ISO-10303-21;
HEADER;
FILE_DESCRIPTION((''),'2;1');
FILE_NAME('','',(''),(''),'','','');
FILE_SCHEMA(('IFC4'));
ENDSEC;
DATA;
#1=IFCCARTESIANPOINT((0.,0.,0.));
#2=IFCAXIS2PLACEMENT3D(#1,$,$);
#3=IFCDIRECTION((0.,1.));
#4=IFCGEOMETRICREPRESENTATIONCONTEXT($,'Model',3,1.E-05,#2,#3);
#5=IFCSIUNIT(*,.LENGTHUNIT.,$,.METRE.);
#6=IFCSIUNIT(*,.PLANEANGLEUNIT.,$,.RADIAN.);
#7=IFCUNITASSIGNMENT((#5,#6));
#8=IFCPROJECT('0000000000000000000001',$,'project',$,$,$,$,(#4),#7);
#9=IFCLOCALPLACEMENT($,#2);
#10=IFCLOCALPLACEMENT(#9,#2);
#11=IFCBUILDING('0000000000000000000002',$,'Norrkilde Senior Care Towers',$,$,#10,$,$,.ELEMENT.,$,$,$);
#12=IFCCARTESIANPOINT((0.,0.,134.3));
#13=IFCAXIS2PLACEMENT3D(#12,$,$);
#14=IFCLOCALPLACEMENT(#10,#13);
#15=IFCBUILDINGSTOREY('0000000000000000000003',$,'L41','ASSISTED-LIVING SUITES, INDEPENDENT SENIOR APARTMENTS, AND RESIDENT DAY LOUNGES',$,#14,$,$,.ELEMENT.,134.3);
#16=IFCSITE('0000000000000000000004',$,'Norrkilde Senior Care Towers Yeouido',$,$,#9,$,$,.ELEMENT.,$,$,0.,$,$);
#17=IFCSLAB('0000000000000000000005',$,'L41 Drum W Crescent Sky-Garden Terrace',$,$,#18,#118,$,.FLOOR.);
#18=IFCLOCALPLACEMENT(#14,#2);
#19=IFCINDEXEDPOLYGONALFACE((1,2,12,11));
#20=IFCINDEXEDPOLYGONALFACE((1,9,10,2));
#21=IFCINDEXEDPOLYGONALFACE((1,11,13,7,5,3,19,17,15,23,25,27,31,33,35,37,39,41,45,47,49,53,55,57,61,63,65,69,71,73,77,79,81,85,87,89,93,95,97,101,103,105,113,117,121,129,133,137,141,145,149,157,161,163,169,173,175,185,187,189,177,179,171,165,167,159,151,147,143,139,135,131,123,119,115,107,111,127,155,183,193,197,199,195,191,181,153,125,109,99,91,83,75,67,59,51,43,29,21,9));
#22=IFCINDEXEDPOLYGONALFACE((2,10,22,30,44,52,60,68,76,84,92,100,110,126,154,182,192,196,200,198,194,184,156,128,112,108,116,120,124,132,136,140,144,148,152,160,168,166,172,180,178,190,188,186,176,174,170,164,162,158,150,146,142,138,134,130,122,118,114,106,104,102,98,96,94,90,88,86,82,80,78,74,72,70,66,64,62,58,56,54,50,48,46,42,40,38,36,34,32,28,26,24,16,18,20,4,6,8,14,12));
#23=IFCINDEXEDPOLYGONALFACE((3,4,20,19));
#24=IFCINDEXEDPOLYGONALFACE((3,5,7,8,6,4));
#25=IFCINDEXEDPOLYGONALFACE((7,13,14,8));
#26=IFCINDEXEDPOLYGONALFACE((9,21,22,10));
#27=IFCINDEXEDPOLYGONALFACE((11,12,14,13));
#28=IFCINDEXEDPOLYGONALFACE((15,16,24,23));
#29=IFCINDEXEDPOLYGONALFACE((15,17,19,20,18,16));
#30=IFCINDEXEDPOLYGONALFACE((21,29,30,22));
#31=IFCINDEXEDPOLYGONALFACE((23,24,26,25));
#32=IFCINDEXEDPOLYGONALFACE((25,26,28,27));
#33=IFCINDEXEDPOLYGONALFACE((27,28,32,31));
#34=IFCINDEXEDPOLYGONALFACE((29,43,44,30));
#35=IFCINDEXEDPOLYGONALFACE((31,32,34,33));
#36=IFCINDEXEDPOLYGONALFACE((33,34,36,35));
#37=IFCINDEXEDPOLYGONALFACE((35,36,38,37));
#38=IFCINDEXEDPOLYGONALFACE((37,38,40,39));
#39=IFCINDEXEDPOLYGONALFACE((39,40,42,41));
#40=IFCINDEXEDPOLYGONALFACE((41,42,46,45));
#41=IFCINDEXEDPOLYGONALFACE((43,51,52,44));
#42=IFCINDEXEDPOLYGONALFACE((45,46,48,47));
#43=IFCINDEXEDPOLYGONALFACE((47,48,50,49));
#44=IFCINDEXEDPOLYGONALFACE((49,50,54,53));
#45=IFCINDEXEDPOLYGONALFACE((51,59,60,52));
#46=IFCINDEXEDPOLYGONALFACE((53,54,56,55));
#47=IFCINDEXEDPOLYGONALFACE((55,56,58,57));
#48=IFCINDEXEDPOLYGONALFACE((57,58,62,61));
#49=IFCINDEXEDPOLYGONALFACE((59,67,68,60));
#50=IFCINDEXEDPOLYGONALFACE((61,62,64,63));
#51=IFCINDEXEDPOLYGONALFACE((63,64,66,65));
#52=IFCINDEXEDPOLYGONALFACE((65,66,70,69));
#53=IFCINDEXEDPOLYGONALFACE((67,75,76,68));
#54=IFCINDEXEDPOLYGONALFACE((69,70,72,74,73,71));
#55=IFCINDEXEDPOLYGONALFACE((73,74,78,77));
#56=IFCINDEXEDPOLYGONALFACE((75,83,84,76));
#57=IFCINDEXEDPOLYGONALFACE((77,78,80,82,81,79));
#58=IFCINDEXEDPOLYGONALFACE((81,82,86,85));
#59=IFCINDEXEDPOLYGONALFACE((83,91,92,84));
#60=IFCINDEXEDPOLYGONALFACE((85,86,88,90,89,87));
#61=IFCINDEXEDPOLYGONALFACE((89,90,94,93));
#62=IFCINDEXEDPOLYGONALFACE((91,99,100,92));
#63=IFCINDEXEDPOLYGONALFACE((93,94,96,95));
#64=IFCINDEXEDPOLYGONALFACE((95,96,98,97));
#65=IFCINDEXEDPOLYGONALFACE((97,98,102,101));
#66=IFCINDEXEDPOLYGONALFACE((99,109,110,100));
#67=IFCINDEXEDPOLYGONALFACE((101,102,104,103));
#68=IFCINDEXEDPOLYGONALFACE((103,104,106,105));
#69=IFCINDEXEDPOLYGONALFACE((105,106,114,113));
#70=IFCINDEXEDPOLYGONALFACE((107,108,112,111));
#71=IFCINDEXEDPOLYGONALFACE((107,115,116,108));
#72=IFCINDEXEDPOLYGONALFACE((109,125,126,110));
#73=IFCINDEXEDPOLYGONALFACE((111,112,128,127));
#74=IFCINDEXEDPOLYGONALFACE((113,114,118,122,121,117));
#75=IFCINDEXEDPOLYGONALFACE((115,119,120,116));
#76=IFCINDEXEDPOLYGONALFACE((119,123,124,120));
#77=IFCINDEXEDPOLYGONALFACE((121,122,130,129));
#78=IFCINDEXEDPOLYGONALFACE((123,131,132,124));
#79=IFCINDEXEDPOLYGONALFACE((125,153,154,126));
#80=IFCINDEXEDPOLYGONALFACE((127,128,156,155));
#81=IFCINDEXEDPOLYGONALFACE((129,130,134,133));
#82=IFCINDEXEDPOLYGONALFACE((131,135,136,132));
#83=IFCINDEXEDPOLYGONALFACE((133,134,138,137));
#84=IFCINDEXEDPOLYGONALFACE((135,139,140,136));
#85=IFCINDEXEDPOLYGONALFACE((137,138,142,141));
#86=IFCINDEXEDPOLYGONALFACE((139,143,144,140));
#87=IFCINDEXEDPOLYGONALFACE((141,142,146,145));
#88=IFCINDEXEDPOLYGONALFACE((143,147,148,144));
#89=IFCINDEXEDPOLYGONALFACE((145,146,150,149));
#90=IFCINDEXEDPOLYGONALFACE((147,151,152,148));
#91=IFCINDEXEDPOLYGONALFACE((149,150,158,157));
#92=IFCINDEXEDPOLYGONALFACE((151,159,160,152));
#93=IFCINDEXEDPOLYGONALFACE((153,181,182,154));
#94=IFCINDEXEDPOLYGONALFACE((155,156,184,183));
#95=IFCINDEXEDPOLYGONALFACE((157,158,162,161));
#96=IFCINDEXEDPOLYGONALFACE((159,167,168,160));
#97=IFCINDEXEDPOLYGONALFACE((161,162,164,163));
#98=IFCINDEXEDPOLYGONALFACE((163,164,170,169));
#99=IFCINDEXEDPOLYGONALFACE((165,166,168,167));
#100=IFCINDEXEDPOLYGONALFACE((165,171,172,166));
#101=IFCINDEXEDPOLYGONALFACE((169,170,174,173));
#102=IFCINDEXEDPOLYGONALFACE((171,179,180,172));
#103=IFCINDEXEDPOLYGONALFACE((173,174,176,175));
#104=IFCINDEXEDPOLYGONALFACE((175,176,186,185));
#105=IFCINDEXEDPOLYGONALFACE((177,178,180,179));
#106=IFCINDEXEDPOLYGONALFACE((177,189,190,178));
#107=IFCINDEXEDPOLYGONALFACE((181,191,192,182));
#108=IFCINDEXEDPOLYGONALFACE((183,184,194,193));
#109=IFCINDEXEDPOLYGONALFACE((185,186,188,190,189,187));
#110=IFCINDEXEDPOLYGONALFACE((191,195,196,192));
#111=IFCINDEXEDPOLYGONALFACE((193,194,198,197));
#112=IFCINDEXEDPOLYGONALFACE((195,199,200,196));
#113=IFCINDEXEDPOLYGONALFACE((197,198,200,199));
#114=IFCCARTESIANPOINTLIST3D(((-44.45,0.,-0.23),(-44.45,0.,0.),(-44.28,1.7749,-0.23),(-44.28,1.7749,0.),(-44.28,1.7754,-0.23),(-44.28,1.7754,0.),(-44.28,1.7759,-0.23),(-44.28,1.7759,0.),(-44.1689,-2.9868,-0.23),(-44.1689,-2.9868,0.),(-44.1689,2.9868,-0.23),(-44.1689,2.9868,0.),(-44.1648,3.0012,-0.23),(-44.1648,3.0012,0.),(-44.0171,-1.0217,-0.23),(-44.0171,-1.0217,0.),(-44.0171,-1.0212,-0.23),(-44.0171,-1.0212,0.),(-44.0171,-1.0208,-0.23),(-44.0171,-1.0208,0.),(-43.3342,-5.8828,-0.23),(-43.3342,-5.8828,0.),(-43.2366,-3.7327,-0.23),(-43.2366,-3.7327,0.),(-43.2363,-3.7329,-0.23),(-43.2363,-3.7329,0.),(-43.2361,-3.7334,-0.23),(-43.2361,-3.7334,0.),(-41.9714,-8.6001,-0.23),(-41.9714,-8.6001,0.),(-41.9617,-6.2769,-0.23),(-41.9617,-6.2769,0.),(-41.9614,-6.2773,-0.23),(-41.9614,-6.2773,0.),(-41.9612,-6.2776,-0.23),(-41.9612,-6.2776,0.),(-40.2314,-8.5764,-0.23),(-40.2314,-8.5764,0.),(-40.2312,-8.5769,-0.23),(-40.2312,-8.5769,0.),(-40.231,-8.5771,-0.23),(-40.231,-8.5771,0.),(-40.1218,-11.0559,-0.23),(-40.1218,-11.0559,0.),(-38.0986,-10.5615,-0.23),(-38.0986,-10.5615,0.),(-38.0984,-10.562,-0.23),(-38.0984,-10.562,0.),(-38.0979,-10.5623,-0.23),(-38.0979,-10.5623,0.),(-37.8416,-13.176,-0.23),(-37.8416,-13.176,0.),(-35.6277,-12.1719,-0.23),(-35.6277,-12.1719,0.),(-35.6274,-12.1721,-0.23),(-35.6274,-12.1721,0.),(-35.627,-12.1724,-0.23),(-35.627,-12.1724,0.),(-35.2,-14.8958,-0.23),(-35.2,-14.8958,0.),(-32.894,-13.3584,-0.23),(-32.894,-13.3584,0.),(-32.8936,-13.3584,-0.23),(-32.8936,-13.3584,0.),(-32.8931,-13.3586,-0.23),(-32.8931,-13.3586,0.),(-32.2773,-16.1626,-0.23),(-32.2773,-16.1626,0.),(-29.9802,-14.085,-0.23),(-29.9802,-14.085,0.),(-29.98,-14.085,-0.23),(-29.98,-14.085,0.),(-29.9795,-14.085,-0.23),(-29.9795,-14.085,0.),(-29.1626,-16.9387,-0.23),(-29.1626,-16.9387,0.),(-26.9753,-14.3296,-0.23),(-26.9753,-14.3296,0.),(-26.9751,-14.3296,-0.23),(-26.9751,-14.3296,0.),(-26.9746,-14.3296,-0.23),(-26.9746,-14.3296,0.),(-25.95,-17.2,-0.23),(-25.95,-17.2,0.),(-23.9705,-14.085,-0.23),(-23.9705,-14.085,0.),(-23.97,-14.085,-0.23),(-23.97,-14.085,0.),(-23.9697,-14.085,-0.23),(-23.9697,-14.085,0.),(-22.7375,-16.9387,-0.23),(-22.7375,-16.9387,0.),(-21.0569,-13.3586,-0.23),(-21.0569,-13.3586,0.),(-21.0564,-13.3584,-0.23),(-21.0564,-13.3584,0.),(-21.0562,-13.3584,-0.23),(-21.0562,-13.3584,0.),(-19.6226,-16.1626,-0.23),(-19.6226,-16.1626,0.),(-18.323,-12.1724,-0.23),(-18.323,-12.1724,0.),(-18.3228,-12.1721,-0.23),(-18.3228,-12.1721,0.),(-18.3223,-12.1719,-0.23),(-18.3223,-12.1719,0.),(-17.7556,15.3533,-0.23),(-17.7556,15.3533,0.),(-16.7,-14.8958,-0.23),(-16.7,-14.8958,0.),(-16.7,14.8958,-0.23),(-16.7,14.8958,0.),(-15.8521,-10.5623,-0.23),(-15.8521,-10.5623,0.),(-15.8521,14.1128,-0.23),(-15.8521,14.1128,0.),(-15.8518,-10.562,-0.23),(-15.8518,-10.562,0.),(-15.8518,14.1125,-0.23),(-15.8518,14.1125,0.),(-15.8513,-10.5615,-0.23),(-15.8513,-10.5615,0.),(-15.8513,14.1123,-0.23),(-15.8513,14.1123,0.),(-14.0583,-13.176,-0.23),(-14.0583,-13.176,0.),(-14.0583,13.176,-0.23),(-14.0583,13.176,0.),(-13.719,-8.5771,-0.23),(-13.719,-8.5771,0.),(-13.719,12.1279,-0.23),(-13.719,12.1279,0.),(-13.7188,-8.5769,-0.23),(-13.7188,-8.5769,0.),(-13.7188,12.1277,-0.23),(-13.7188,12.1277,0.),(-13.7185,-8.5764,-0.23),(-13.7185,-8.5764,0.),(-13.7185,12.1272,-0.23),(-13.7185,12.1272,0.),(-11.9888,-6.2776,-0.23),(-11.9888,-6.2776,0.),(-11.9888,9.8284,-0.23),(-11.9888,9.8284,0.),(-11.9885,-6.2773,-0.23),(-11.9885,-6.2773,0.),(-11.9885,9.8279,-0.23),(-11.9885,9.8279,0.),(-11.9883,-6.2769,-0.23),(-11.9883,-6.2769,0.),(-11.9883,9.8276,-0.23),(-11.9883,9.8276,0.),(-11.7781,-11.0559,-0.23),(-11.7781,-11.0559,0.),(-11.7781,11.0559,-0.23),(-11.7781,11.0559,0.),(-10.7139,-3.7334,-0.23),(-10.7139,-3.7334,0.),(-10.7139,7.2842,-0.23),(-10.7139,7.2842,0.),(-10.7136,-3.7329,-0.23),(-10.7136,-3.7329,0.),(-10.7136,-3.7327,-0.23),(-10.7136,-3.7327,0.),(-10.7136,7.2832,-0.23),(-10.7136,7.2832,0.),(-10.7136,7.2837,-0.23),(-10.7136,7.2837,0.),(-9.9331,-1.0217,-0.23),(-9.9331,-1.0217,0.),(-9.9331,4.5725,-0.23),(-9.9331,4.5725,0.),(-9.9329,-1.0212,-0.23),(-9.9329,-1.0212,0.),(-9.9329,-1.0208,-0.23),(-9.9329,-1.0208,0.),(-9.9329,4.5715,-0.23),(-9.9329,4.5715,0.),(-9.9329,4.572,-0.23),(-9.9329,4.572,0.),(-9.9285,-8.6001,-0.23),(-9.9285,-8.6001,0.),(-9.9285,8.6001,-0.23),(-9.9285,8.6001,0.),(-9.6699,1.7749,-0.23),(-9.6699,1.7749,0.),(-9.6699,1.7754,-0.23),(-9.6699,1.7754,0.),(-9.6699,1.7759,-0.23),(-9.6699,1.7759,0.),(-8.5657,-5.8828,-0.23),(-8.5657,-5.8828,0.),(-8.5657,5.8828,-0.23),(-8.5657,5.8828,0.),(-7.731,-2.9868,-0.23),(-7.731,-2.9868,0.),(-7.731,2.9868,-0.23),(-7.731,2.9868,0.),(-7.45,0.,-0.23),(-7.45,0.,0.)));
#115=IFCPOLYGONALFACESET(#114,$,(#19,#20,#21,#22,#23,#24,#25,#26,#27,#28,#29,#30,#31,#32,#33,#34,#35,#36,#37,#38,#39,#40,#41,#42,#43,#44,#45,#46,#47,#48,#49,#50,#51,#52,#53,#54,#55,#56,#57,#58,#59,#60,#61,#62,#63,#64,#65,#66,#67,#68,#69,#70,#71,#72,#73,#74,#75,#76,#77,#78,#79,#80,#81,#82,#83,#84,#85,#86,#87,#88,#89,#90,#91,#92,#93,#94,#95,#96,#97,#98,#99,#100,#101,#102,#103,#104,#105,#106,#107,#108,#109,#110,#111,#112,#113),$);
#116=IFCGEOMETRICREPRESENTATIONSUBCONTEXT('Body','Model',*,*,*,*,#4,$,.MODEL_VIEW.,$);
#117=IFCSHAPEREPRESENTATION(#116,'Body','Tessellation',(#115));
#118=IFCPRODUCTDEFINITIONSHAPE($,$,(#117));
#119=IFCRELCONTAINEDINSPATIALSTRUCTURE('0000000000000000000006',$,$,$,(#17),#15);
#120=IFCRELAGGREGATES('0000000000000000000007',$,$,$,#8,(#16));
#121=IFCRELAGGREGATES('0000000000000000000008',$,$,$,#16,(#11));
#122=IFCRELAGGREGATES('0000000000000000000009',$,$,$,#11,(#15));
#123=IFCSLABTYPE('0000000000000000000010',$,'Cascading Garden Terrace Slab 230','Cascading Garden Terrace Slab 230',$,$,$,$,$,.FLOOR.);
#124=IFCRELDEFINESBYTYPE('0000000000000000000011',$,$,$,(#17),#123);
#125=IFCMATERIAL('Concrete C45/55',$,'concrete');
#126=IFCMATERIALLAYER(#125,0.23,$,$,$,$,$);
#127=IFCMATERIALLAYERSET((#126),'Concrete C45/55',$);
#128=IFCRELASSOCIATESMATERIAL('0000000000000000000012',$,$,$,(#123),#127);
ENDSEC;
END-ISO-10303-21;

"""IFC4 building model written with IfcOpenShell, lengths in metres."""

from ifc_helpers import new_model, si_unit, direction, frame, origin, place, context, subcontext, project, spatial, polyline, outline, extrude, material, layer, layer_set, type_object, element, save


model = new_model("IFC4")

# Units and contexts
model_context = context("Model", 3, precision=1e-05, world=origin(), true_north=direction((0.0, 1.0)))
body_context = subcontext(model_context, "Body", "Model", "MODEL_VIEW")
ifc_project = project(units=[si_unit("LENGTHUNIT", "METRE"), si_unit("PLANEANGLEUNIT", "RADIAN")], contexts=[model_context])

# Site, building, storey
site_placement = place(None, origin())
site = spatial("IfcSite", under=ifc_project, at=site_placement, Name="Norrkilde Senior Care Towers Yeouido", CompositionType="ELEMENT", RefElevation=0.0)
building_placement = place(site_placement, origin())
building = spatial("IfcBuilding", under=site, at=building_placement, Name="Norrkilde Senior Care Towers", CompositionType="ELEMENT")
storey_placement = place(building_placement, frame((0.0, 0.0, 134.3)))
storey = spatial("IfcBuildingStorey", under=building, at=storey_placement, Name="L41", Description="ASSISTED-LIVING SUITES, INDEPENDENT SENIOR APARTMENTS, AND RESIDENT DAY LOUNGES", CompositionType="ELEMENT", Elevation=134.3)

# Slab
ifc_material_1 = material(Name="Concrete C45/55", Category="concrete")
ifc_layer_1 = layer(ifc_material_1, 0.23)
ifc_layer_set_1 = layer_set([ifc_layer_1], Name="Concrete C45/55")
slab_type_1 = type_object("IfcSlabType", Name="Cascading Garden Terrace Slab 230", Description="Cascading Garden Terrace Slab 230", PredefinedType="FLOOR", material=ifc_layer_set_1)
slab_1_placement = place(storey_placement, frame((0.0, 0.0, -0.23)))
element("IfcSlab", 1, at=slab_1_placement, inside=storey, type_object=slab_type_1, Name="L41 Drum W Crescent Sky-Garden Terrace", PredefinedType="FLOOR", context=body_context, shape_type="SweptSolid", body=[
    extrude(outline(polyline([(-16.7, 14.8958), (-14.0583, 13.176), (-11.7781, 11.0559), (-9.9285, 8.6001), (-8.5657, 5.8828), (-7.731, 2.9868), (-7.45, 0.0), (-7.731, -2.9868), (-8.5657, -5.8828), (-9.9285, -8.6001), (-11.7781, -11.0559), (-14.0583, -13.176), (-16.7, -14.8958), (-19.6226, -16.1626), (-22.7375, -16.9387), (-25.95, -17.2), (-29.1626, -16.9387), (-32.2773, -16.1626), (-35.2, -14.8958), (-37.8416, -13.176), (-40.1218, -11.0559), (-41.9714, -8.6001), (-43.3342, -5.8828), (-44.1689, -2.9868), (-44.45, 0.0), (-44.1689, 2.9868), (-44.1648, 3.0012), (-44.28, 1.7759), (-44.28, 1.7754), (-44.28, 1.7749), (-44.0171, -1.0208), (-44.0171, -1.0212), (-44.0171, -1.0217), (-43.2366, -3.7327), (-43.2363, -3.7329), (-43.2361, -3.7334), (-41.9617, -6.2769), (-41.9614, -6.2773), (-41.9612, -6.2776), (-40.2314, -8.5764), (-40.2312, -8.5769), (-40.231, -8.5771), (-38.0986, -10.5615), (-38.0984, -10.562), (-38.0979, -10.5623), (-35.6277, -12.1719), (-35.6274, -12.1721), (-35.627, -12.1724), (-32.894, -13.3584), (-32.8936, -13.3584), (-32.8931, -13.3586), (-29.9802, -14.085), (-29.98, -14.085), (-29.9795, -14.085), (-26.9753, -14.3296), (-26.9751, -14.3296), (-26.9746, -14.3296), (-23.9705, -14.085), (-23.97, -14.085), (-23.9697, -14.085), (-21.0569, -13.3586), (-21.0564, -13.3584), (-21.0562, -13.3584), (-18.323, -12.1724), (-18.3228, -12.1721), (-18.3223, -12.1719), (-15.8521, -10.5623), (-15.8518, -10.562), (-15.8513, -10.5615), (-13.719, -8.5771), (-13.7188, -8.5769), (-13.7185, -8.5764), (-11.9888, -6.2776), (-11.9885, -6.2773), (-11.9883, -6.2769), (-10.7139, -3.7334), (-10.7136, -3.7329), (-10.7136, -3.7327), (-9.9331, -1.0217), (-9.9329, -1.0212), (-9.9329, -1.0208), (-9.6699, 1.7749), (-9.6699, 1.7754), (-9.6699, 1.7759), (-9.9329, 4.5715), (-9.9329, 4.572), (-9.9331, 4.5725), (-10.7136, 7.2832), (-10.7136, 7.2837), (-10.7139, 7.2842), (-11.9883, 9.8276), (-11.9885, 9.8279), (-11.9888, 9.8284), (-13.7185, 12.1272), (-13.7188, 12.1277), (-13.719, 12.1279), (-15.8513, 14.1123), (-15.8518, 14.1125), (-15.8521, 14.1128), (-17.7556, 15.3533), (-16.7, 14.8958)])), origin(), (0.0, 0.0, 1.0), 0.23),
])

save(model, "model.ifc")
